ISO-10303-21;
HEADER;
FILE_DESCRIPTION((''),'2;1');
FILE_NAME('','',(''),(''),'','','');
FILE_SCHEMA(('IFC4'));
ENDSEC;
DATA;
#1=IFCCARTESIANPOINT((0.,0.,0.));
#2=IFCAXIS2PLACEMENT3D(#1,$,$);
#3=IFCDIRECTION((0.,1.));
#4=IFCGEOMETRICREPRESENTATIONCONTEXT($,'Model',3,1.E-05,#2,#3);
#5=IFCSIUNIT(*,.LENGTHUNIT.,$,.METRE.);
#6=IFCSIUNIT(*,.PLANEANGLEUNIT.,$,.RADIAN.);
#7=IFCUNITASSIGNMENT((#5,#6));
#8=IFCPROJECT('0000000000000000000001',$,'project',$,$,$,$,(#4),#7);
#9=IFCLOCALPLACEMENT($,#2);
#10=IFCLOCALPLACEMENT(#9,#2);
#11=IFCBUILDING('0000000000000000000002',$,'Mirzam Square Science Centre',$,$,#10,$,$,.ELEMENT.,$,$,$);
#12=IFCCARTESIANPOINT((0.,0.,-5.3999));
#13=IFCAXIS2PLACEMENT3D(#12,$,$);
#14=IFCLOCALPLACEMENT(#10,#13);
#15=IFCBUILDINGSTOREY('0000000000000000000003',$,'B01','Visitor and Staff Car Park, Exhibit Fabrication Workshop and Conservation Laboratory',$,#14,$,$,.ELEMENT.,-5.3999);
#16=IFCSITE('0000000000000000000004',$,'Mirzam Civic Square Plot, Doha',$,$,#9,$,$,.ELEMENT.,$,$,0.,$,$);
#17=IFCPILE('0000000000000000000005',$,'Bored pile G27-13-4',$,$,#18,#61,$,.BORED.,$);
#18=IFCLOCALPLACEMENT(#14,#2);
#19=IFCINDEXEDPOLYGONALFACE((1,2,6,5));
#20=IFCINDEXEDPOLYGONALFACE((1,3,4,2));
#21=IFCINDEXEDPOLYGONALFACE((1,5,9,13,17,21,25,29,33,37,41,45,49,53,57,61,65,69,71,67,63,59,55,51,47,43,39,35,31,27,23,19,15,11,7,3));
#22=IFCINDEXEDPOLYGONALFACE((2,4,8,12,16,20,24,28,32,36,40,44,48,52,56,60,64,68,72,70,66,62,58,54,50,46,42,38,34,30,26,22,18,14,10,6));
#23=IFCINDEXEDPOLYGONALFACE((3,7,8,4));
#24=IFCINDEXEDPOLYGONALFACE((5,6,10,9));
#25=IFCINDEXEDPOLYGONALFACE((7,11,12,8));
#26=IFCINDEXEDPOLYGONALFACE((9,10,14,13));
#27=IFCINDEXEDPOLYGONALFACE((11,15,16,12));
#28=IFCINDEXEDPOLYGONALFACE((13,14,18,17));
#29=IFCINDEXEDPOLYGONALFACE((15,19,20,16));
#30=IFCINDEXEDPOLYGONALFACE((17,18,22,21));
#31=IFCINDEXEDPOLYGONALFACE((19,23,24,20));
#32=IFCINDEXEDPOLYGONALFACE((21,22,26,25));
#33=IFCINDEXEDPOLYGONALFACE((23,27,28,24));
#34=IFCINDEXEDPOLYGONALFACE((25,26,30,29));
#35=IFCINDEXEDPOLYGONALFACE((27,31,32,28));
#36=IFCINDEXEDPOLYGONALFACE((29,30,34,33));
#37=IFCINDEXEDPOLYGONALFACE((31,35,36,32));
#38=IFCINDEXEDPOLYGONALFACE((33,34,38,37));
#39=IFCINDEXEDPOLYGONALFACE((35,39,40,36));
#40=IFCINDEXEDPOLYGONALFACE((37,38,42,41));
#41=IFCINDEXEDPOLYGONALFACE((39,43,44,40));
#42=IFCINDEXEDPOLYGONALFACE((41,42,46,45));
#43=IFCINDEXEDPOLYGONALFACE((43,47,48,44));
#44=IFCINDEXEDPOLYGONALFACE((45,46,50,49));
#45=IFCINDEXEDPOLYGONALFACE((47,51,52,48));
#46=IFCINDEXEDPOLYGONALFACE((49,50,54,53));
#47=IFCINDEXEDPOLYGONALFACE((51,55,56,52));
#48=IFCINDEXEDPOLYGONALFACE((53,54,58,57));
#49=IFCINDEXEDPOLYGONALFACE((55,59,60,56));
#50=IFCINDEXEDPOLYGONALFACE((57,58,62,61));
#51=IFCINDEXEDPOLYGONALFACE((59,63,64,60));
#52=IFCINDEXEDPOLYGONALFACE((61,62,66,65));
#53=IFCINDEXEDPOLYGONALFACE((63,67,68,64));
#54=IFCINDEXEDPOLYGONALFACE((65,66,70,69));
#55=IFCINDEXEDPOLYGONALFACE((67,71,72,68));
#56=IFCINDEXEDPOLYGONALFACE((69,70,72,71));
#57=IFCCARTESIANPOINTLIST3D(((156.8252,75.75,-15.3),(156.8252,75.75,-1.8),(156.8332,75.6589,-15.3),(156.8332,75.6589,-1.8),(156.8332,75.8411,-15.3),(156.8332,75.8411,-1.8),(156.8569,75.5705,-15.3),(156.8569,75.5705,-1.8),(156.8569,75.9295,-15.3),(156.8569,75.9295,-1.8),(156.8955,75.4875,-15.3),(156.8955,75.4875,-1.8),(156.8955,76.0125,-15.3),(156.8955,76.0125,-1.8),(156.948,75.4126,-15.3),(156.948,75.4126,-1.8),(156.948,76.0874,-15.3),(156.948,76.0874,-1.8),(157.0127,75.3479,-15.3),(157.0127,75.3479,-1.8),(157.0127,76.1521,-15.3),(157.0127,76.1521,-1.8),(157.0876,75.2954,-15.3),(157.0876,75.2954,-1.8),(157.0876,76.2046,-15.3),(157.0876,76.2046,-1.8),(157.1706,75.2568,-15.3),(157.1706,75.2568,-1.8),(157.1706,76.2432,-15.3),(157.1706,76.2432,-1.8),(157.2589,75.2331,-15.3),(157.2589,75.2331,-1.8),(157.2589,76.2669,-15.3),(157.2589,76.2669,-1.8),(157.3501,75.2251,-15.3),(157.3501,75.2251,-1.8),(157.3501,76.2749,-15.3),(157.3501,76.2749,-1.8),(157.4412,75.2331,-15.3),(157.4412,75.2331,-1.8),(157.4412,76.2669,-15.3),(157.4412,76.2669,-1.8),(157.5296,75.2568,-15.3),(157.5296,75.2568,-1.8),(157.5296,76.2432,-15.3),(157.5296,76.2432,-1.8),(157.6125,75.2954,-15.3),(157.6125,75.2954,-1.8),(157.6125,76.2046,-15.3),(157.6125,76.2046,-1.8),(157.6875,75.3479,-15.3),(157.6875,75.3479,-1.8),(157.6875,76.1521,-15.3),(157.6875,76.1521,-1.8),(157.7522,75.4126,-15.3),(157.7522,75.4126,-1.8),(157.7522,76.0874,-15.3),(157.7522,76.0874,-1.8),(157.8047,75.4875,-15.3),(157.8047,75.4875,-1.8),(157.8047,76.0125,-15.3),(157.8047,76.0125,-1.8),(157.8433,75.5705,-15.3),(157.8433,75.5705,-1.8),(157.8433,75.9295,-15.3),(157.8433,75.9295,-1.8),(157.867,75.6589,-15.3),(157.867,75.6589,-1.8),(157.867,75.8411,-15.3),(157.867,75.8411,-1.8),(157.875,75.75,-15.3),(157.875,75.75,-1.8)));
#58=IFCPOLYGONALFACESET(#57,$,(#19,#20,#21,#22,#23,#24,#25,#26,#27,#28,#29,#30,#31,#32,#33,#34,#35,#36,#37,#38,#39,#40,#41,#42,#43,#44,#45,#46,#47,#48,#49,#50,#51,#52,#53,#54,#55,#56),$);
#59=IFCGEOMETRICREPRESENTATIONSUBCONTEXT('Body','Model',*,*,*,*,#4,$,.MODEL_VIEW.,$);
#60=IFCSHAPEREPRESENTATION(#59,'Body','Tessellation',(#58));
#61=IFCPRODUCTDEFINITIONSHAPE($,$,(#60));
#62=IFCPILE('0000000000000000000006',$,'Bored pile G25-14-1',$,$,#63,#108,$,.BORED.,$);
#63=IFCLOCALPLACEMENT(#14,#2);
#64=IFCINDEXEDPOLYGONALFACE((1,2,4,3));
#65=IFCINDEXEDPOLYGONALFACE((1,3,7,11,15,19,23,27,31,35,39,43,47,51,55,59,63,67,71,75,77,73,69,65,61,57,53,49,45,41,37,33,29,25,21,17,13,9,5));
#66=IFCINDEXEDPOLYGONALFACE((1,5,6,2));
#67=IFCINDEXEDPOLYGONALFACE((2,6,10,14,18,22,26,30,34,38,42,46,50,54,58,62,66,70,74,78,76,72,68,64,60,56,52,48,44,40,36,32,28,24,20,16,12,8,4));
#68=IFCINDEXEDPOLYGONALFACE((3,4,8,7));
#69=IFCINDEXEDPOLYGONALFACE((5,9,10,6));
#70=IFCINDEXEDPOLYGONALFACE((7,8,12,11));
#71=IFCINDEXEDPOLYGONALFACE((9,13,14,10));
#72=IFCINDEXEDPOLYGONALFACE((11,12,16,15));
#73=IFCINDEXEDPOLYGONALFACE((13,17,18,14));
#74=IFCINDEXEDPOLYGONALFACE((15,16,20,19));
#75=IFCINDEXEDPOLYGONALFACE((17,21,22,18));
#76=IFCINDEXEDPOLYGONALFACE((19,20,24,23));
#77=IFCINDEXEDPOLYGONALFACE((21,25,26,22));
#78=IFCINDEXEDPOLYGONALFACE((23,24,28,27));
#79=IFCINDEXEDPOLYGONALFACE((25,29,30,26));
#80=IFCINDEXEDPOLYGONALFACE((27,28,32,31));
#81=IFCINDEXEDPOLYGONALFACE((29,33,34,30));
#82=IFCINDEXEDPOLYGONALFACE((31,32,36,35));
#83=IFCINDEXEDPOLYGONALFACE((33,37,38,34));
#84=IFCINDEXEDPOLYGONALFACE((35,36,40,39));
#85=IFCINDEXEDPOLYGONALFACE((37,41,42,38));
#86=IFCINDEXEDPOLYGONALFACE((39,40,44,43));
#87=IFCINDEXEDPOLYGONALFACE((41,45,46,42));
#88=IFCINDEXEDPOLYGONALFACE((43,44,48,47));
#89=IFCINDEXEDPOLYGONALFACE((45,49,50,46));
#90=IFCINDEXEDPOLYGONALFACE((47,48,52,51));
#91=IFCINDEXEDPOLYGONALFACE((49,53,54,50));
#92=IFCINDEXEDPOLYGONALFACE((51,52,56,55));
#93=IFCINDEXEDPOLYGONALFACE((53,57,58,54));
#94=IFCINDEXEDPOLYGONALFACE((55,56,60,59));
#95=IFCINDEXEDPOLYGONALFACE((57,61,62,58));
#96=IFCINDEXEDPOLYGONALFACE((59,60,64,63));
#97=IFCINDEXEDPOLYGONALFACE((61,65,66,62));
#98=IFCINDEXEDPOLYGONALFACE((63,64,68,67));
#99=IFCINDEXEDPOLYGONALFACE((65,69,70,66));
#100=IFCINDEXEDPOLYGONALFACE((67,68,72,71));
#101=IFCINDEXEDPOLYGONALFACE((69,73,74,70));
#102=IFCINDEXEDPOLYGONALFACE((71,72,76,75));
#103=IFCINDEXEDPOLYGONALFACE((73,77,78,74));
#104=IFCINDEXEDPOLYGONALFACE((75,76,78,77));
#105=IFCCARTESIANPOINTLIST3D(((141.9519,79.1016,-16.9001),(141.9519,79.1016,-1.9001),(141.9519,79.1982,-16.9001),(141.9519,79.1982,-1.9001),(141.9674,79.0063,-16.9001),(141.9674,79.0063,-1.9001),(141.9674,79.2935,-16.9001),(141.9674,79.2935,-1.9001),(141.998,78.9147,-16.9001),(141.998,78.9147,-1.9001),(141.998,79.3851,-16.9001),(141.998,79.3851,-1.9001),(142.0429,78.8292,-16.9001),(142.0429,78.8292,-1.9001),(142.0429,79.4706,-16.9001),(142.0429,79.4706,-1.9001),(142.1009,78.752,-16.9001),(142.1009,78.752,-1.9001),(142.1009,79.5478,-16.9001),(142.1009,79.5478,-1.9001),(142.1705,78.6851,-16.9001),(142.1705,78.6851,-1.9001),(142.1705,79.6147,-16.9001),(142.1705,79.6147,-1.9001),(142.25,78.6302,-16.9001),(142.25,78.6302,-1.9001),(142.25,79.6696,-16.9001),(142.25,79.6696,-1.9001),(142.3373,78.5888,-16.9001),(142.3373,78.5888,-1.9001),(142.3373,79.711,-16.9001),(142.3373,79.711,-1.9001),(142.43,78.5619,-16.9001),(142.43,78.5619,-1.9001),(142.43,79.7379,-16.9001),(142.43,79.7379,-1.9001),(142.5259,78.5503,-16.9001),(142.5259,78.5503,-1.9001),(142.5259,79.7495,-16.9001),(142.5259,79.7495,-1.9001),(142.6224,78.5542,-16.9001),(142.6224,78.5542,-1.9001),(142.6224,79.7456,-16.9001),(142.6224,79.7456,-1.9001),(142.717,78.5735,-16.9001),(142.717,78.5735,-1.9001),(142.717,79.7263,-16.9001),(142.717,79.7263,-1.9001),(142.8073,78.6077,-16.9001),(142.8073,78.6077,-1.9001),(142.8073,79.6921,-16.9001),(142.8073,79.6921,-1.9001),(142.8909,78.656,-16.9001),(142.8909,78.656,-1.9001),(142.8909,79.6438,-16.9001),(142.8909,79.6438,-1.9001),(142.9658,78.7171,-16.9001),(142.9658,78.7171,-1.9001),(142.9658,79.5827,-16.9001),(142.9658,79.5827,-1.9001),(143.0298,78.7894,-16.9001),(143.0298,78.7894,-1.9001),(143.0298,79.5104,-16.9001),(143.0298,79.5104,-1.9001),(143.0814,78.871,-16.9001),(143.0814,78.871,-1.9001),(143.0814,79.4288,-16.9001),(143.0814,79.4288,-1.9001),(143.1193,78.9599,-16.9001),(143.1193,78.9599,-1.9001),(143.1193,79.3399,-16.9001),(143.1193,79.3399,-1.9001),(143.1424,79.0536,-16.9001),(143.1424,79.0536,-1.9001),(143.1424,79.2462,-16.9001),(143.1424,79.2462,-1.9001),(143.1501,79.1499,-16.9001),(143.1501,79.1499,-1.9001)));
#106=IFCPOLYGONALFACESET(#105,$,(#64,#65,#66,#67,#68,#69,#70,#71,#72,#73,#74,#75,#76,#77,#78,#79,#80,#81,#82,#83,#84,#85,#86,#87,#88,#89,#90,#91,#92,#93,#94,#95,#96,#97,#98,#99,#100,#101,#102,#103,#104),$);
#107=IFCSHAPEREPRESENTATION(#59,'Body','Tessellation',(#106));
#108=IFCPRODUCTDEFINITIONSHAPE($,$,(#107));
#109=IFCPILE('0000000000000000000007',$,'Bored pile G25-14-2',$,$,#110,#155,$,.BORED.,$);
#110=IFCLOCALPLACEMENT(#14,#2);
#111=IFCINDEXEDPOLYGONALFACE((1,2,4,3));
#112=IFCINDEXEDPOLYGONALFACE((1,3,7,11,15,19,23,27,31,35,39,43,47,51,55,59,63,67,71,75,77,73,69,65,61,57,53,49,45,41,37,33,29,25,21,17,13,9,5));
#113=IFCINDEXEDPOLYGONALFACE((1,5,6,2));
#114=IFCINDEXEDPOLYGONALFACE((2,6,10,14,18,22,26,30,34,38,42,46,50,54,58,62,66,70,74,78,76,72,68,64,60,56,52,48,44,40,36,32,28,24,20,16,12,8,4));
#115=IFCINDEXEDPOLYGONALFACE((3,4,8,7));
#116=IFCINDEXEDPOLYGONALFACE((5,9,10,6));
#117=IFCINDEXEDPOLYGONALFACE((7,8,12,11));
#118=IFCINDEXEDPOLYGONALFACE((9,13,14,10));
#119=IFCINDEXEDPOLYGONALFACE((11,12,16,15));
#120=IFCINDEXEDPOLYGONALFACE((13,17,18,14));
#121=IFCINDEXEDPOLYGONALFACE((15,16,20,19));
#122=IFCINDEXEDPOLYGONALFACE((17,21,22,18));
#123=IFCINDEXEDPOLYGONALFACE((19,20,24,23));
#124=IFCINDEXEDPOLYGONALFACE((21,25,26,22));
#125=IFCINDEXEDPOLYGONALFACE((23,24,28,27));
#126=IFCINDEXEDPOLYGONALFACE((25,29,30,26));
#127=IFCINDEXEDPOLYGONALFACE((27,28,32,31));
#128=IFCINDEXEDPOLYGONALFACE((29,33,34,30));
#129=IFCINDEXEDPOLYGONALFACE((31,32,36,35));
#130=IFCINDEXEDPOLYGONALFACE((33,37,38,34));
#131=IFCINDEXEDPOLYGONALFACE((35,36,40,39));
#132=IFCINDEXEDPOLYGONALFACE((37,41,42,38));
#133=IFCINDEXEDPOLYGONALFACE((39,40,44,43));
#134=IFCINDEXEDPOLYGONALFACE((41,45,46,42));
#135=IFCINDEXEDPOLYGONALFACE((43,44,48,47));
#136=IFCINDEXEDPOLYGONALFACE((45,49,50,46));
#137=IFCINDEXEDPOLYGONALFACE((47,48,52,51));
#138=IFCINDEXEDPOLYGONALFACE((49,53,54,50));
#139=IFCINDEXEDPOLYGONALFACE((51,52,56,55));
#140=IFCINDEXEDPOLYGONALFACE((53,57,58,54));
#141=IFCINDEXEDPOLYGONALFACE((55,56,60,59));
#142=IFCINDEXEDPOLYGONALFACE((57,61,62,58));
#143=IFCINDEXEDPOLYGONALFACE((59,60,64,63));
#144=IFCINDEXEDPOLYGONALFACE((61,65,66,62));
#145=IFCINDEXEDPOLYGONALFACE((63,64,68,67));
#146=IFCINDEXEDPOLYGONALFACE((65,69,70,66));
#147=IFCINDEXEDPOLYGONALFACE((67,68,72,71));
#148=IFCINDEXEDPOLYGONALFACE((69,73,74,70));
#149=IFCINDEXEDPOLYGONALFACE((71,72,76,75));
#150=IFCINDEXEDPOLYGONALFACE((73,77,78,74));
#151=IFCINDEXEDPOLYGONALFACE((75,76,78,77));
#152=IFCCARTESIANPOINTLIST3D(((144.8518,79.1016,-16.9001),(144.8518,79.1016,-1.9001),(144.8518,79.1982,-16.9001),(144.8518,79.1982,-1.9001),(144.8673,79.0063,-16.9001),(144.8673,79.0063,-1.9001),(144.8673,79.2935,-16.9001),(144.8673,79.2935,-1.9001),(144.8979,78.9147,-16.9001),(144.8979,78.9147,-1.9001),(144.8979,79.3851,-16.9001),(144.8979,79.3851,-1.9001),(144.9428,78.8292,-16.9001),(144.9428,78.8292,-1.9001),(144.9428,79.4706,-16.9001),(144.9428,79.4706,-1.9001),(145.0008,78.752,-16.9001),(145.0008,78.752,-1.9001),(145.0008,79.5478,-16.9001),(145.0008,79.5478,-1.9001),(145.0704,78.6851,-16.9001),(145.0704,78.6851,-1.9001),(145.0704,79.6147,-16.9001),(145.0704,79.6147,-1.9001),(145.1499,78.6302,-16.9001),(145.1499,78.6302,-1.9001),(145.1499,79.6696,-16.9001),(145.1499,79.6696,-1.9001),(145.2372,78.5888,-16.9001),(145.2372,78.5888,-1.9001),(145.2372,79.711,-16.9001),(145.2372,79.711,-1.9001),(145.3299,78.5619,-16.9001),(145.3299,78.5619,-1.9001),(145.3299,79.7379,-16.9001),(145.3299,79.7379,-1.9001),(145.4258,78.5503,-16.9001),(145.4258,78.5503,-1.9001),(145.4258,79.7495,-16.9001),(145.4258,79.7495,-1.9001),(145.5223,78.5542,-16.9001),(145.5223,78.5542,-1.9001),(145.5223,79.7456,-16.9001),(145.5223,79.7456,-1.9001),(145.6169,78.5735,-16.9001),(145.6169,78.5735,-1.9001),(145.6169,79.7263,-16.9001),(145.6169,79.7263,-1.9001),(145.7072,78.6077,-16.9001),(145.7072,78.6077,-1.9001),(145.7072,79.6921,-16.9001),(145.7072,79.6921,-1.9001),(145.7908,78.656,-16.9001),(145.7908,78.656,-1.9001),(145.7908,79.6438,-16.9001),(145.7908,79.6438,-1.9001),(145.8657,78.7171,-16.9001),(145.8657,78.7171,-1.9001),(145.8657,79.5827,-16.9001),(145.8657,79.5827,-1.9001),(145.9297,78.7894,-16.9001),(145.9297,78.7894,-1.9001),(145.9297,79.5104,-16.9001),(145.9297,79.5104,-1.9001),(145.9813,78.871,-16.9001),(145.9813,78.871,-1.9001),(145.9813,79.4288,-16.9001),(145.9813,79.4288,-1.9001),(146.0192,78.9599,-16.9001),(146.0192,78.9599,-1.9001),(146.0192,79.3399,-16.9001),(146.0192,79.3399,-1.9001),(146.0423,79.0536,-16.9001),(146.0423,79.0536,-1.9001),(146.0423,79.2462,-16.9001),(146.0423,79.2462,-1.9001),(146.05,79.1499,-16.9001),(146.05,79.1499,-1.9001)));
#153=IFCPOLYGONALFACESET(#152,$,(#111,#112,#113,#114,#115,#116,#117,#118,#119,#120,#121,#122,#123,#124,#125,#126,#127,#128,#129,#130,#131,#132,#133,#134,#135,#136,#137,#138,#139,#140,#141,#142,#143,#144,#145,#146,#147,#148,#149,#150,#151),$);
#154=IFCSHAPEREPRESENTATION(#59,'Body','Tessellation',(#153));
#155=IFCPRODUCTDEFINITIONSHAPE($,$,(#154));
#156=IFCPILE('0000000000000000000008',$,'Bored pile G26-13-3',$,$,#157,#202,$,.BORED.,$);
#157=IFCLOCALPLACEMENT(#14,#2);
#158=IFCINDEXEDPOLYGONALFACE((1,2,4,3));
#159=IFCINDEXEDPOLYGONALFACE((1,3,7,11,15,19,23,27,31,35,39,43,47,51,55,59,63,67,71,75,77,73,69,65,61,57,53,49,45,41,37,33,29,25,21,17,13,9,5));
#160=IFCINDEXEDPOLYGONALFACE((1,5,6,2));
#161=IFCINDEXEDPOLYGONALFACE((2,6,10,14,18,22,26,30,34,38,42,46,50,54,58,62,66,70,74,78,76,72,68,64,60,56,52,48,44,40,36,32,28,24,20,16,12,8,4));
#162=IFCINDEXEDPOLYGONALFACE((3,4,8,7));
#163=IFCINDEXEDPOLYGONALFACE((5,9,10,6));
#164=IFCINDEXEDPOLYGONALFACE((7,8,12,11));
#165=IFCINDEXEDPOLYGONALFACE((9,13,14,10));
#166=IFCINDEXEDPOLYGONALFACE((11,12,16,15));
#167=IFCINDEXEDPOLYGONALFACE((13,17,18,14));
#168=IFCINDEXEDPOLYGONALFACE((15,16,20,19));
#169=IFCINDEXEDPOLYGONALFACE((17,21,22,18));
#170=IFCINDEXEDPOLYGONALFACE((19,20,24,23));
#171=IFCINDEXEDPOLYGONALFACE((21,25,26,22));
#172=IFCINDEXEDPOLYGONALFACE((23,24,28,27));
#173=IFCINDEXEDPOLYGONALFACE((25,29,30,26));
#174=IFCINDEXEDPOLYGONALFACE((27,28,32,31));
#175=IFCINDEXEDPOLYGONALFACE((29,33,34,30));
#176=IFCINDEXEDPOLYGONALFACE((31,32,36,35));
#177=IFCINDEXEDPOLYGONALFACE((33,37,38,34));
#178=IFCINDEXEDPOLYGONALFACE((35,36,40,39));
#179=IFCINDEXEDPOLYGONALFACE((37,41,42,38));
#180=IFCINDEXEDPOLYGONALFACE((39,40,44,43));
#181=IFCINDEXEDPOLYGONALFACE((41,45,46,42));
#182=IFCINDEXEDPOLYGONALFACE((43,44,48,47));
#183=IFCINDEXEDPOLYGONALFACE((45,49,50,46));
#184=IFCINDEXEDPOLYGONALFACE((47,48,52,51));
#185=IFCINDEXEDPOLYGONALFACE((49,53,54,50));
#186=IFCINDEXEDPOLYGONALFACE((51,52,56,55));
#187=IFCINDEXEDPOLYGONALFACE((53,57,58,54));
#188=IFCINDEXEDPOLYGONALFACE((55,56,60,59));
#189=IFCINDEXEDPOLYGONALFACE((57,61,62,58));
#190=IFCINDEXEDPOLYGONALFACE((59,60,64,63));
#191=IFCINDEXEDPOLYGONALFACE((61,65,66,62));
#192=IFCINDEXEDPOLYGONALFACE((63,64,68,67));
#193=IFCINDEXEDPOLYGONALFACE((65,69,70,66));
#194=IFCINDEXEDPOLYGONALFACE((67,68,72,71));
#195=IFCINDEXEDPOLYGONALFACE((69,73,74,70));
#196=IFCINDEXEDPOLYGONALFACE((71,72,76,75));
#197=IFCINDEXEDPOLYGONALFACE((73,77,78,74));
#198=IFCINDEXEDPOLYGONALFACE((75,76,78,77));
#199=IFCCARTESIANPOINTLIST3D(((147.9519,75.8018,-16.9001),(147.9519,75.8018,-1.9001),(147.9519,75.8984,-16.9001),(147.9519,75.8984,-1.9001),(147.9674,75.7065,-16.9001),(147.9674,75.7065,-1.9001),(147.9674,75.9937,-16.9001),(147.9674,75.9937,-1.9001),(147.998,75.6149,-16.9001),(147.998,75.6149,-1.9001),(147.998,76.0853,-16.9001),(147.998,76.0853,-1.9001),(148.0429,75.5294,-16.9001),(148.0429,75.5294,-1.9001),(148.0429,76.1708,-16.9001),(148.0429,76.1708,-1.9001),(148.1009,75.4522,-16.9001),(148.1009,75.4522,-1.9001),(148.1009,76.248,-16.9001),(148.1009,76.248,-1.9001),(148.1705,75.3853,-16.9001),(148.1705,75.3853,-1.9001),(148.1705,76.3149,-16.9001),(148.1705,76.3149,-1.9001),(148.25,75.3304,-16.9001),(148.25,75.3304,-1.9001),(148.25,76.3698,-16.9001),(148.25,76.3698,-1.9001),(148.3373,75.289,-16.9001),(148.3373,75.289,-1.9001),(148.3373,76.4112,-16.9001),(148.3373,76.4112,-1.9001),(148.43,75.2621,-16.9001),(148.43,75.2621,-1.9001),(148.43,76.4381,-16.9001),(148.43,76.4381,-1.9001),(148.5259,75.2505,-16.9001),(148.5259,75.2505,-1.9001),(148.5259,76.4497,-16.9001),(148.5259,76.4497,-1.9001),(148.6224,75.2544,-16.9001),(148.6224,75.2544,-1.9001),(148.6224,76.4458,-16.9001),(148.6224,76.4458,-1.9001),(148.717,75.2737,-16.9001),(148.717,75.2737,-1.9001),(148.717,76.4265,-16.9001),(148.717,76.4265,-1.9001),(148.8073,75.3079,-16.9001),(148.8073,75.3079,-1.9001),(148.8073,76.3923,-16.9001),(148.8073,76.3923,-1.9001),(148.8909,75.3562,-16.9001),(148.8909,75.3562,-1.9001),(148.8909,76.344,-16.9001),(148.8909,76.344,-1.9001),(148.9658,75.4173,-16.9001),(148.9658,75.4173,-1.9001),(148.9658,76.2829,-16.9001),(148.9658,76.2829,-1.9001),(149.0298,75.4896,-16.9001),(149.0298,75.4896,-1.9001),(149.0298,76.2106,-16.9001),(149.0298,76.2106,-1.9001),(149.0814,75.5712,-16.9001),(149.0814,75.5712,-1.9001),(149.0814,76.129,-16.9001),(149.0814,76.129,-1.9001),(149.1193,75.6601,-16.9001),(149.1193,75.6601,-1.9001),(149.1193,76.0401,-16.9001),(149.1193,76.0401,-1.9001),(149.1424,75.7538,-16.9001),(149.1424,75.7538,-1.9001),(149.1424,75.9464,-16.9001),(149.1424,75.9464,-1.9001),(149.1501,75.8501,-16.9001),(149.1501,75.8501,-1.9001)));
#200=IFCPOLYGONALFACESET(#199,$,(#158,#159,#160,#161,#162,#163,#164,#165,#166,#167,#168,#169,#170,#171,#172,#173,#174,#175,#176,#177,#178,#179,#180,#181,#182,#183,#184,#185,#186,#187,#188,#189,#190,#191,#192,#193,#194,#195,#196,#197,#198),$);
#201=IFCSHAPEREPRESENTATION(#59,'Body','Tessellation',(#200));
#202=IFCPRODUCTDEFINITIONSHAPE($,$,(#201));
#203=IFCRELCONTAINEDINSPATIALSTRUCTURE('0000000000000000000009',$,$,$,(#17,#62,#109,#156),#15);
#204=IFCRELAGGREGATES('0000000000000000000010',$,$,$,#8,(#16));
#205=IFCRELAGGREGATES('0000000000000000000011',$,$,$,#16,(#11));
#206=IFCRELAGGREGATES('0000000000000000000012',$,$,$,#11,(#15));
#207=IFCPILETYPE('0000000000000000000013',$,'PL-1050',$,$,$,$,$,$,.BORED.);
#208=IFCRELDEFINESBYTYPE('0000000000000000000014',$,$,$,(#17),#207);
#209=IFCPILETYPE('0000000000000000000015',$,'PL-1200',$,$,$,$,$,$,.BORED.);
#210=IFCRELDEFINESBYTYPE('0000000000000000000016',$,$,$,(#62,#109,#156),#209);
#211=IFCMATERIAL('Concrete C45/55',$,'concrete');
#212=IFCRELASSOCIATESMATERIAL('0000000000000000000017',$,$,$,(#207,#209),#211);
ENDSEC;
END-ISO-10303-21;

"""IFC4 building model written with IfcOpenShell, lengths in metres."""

from ifc_helpers import new_model, si_unit, direction, frame, origin, origin_2d, place, context, subcontext, project, spatial, circle, extrude, material, material_profile, profile_set, type_object, element, save


model = new_model("IFC4")

# Units and contexts
model_context = context("Model", 3, precision=1e-05, world=origin(), true_north=direction((0.0, 1.0)))
body_context = subcontext(model_context, "Body", "Model", "MODEL_VIEW")
ifc_project = project(units=[si_unit("LENGTHUNIT", "METRE"), si_unit("PLANEANGLEUNIT", "RADIAN")], contexts=[model_context])

# Site, building, storey
site_placement = place(None, origin())
site = spatial("IfcSite", under=ifc_project, at=site_placement, Name="Mirzam Civic Square Plot, Doha", CompositionType="ELEMENT", RefElevation=0.0)
building_placement = place(site_placement, origin())
building = spatial("IfcBuilding", under=site, at=building_placement, Name="Mirzam Square Science Centre", CompositionType="ELEMENT")
storey_placement = place(building_placement, frame((0.0, 0.0, -5.3999)))
storey = spatial("IfcBuildingStorey", under=building, at=storey_placement, Name="B01", Description="Visitor and Staff Car Park, Exhibit Fabrication Workshop and Conservation Laboratory", CompositionType="ELEMENT", Elevation=-5.3999)

# Shared definitions
ifc_material_1 = material(Name="Concrete C45/55", Category="concrete")

# Piles
ifc_material_profile_1 = material_profile(ifc_material_1, circle(Radius=0.5249, at=origin_2d()), Name="PILE-D1050")
ifc_profile_set_1 = profile_set([ifc_material_profile_1], Name="Concrete C45/55")
pile_type_1 = type_object("IfcPileType", Name="PL-1050", PredefinedType="BORED", material=ifc_profile_set_1)
for number, where, z_axis, x_axis, name in (
    (1, (157.3501, 75.75, -1.8), (0.0, 0.0, -1.0), (1.0, 0.0, 0.0), "Bored pile G27-13-4"),
):
    element("IfcPile", number, at=place(storey_placement, frame(where, z_axis=z_axis, x_axis=x_axis)), inside=storey, type_object=pile_type_1, Name=name, PredefinedType="BORED", context=body_context, shape_type="SweptSolid", body=[
        extrude(circle(Radius=0.5249, at=origin_2d()), origin(), (0.0, 0.0, 1.0), 13.5),
    ])
ifc_material_profile_2 = material_profile(ifc_material_1, circle(Radius=0.6001, at=origin_2d()), Name="PILE-D1200")
ifc_profile_set_2 = profile_set([ifc_material_profile_2], Name="Concrete C45/55")
pile_type_2 = type_object("IfcPileType", Name="PL-1200", PredefinedType="BORED", material=ifc_profile_set_2)
for number, where, z_axis, x_axis, name in (
    (2, (142.55, 79.1499, -1.9001), (0.0, 0.0, -1.0), (1.0, 0.0, 0.0), "Bored pile G25-14-1"),
    (3, (145.45, 79.1499, -1.9001), (0.0, 0.0, -1.0), (1.0, 0.0, 0.0), "Bored pile G25-14-2"),
    (4, (148.55, 75.8501, -1.9001), (0.0, 0.0, -1.0), (1.0, 0.0, 0.0), "Bored pile G26-13-3"),
):
    element("IfcPile", number, at=place(storey_placement, frame(where, z_axis=z_axis, x_axis=x_axis)), inside=storey, type_object=pile_type_2, Name=name, PredefinedType="BORED", context=body_context, shape_type="SweptSolid", body=[
        extrude(circle(Radius=0.6001, at=origin_2d()), origin(), (0.0, 0.0, 1.0), 15.0),
    ])

save(model, "model.ifc")
